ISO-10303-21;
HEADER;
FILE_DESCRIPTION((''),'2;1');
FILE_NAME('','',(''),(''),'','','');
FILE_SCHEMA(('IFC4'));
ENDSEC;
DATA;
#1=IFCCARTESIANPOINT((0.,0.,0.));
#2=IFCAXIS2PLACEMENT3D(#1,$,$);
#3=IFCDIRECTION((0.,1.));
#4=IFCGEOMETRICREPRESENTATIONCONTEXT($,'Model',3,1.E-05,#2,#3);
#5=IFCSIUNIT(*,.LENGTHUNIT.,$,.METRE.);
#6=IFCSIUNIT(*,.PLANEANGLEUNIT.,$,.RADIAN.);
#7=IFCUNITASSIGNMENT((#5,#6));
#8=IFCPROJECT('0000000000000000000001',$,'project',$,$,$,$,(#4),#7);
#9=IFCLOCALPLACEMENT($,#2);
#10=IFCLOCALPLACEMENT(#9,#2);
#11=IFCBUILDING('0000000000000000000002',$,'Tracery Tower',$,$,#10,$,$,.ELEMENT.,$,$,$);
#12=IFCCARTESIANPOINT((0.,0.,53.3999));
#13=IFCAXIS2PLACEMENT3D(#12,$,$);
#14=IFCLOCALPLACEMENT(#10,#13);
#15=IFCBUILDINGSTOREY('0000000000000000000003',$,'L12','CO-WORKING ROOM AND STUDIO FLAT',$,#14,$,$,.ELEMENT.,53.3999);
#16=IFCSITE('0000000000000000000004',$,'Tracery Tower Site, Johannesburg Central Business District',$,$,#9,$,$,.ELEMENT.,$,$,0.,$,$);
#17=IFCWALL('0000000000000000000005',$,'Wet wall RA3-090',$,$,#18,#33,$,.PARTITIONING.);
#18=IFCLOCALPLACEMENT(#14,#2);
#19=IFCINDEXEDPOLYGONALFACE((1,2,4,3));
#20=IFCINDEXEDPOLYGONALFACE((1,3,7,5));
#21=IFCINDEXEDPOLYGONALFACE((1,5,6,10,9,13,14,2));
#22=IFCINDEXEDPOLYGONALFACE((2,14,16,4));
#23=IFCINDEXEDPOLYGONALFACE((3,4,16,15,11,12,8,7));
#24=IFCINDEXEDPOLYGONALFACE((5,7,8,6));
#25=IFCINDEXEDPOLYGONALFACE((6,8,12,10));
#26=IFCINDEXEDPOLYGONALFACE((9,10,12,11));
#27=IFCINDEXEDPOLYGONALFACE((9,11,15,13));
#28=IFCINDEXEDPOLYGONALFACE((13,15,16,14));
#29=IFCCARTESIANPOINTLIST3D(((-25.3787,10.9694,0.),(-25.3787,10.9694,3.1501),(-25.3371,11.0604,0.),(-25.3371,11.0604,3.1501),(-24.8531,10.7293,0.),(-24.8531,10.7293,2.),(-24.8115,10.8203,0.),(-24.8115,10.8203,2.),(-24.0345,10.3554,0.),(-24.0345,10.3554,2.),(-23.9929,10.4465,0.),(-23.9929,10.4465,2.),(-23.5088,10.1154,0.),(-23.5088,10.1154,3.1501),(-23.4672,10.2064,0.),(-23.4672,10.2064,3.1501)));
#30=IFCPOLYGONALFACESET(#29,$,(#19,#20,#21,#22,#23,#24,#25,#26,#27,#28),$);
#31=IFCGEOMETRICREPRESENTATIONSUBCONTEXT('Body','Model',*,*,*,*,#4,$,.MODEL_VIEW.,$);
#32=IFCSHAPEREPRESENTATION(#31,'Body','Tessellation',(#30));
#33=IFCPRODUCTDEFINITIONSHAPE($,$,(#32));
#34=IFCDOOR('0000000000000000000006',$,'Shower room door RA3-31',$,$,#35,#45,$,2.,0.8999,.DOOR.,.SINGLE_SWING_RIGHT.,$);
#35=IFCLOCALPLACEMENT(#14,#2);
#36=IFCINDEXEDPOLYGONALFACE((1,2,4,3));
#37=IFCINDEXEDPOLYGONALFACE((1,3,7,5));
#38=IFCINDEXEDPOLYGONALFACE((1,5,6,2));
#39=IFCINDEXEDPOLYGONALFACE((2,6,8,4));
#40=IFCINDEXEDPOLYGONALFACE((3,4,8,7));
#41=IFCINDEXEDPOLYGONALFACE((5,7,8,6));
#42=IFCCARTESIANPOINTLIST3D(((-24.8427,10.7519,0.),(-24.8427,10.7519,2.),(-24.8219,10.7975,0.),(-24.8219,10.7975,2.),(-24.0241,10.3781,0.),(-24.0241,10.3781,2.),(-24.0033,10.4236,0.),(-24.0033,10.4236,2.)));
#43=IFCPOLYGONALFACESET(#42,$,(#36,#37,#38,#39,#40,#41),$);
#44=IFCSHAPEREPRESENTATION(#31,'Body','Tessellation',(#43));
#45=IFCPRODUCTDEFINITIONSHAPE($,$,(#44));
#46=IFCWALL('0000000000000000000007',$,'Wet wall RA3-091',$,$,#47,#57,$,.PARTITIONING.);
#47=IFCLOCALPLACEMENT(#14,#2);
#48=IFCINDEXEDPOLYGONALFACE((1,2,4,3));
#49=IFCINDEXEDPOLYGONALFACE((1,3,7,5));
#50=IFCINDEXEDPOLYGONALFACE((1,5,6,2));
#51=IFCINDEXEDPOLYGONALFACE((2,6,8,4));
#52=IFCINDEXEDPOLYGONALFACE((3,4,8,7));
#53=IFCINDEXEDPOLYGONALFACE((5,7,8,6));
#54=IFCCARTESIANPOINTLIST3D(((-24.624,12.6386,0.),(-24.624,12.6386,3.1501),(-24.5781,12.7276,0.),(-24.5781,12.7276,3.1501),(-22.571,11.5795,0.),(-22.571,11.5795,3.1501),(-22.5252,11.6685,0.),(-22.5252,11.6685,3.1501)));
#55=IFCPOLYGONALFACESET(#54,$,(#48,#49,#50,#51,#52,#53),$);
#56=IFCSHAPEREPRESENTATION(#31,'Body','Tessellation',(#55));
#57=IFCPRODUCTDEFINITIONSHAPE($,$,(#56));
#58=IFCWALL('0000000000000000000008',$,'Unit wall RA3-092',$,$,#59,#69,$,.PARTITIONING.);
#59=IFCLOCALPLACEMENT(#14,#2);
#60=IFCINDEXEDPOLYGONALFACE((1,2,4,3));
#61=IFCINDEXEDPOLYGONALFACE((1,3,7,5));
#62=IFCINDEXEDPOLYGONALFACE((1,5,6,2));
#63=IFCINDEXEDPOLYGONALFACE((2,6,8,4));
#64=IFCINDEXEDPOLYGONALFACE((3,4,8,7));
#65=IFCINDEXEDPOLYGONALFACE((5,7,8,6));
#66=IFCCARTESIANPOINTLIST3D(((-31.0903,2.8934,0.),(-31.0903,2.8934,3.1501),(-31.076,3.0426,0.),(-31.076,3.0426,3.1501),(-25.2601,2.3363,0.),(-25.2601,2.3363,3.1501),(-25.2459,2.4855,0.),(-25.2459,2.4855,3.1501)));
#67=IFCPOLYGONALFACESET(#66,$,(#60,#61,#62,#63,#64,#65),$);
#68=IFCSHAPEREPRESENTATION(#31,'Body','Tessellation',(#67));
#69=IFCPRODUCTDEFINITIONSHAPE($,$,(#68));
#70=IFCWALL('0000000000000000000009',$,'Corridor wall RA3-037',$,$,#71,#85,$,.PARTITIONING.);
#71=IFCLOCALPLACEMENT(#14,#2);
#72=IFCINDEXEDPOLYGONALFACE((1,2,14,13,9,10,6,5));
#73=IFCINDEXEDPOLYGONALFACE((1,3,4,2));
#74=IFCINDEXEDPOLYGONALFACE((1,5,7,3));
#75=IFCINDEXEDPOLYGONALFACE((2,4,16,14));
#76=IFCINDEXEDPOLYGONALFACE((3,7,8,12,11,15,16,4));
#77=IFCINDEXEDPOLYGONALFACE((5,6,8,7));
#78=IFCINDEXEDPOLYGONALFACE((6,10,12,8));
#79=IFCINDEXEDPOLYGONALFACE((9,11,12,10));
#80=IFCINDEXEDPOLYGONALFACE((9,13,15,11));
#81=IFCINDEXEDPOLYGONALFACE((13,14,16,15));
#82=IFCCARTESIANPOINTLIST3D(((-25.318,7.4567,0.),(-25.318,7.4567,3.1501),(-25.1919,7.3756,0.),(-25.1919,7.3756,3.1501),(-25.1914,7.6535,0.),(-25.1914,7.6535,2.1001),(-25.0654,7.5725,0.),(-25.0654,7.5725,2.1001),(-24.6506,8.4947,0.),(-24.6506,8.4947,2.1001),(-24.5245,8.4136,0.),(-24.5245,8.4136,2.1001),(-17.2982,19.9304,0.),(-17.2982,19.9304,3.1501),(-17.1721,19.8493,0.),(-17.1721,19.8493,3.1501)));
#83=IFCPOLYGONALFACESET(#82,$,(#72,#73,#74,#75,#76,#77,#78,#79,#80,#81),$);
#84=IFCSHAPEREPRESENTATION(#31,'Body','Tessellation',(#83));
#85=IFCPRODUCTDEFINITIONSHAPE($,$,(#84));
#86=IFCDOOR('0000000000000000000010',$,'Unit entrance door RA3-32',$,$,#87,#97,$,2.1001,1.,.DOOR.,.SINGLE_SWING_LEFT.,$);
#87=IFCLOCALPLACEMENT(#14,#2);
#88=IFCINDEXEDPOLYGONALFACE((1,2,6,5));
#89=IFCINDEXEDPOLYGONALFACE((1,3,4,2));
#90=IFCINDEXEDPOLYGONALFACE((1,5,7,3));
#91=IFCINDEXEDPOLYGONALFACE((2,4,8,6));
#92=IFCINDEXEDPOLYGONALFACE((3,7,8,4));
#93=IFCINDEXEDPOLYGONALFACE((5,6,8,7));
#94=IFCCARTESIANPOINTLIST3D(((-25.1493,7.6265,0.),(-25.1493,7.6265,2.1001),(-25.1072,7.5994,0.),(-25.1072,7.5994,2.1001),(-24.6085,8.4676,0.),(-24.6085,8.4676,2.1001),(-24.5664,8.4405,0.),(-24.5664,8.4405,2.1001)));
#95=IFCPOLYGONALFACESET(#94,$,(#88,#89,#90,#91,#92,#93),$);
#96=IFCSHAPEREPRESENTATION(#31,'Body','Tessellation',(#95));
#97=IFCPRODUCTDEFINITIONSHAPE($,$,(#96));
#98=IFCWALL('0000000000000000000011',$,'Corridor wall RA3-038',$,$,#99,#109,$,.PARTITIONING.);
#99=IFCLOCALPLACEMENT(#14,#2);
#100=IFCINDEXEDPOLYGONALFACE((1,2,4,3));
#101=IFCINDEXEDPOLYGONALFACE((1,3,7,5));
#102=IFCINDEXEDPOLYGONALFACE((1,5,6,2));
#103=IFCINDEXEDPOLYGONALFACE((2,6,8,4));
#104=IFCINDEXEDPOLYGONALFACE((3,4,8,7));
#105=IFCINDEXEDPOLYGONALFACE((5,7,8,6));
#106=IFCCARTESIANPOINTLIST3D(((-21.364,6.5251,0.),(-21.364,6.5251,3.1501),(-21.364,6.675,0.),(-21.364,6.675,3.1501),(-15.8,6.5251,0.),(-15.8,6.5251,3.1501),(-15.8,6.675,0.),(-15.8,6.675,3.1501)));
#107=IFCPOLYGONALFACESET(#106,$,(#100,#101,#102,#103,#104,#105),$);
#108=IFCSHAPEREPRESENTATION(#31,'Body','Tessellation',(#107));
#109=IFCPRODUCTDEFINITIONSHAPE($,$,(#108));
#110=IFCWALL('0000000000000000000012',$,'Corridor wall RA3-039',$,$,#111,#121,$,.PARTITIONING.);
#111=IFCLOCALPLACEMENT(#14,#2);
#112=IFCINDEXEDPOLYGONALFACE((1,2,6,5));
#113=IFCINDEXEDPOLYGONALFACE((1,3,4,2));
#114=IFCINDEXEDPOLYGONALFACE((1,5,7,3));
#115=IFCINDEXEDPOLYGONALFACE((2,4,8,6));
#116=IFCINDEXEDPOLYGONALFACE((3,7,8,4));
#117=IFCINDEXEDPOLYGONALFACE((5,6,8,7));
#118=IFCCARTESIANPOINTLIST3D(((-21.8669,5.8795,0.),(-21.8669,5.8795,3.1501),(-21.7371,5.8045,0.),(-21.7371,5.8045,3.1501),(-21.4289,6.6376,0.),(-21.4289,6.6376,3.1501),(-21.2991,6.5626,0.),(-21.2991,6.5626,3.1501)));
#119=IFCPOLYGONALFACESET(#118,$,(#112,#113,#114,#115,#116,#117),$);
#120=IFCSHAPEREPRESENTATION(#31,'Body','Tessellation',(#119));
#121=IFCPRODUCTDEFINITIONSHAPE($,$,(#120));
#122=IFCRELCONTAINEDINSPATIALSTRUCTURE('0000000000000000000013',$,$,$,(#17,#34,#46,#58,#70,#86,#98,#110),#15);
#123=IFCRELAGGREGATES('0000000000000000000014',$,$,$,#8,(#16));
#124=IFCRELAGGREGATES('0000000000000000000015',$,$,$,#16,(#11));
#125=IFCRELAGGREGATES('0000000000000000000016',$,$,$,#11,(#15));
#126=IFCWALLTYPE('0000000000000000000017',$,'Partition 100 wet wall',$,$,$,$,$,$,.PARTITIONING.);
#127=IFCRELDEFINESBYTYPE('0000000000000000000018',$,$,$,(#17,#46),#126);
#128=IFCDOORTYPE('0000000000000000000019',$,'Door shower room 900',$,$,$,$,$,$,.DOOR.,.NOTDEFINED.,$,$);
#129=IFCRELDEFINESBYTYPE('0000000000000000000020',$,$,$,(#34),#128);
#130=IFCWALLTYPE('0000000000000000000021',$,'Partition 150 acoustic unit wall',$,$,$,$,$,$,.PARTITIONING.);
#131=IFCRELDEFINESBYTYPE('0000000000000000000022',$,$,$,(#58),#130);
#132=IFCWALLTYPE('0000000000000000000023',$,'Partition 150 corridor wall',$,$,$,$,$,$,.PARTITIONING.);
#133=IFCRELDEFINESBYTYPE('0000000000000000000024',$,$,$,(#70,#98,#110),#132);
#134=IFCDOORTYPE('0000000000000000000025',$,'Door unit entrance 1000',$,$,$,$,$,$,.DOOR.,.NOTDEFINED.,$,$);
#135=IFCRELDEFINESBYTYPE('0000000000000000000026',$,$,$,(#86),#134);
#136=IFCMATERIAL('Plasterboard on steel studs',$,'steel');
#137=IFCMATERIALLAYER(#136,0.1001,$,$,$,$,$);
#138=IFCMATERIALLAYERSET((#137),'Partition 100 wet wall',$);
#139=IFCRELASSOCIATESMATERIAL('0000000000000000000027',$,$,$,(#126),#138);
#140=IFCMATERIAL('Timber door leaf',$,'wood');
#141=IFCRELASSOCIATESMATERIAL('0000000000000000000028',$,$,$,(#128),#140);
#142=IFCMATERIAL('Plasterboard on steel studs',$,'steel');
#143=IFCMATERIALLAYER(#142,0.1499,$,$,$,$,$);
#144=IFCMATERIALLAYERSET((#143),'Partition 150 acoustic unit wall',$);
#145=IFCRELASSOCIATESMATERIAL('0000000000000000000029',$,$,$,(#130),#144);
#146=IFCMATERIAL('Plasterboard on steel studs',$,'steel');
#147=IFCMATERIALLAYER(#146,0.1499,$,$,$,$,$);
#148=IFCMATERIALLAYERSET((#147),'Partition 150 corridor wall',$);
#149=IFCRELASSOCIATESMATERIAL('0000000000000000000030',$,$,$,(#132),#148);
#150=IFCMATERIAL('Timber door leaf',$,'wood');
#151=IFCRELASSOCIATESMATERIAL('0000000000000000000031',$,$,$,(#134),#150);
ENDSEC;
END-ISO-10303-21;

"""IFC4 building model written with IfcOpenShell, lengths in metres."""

from ifc_helpers import new_model, si_unit, direction, frame, frame_2d, origin, place, context, subcontext, project, spatial, rectangle, extrude, material, layer, layer_set, type_object, element, fill, save


model = new_model("IFC4")

# Units and contexts
model_context = context("Model", 3, precision=1e-05, world=origin(), true_north=direction((0.0, 1.0)))
body_context = subcontext(model_context, "Body", "Model", "MODEL_VIEW")
ifc_project = project(units=[si_unit("LENGTHUNIT", "METRE"), si_unit("PLANEANGLEUNIT", "RADIAN")], contexts=[model_context])

# Site, building, storey
site_placement = place(None, origin())
site = spatial("IfcSite", under=ifc_project, at=site_placement, Name="Tracery Tower Site, Johannesburg Central Business District", CompositionType="ELEMENT", RefElevation=0.0)
building_placement = place(site_placement, origin())
building = spatial("IfcBuilding", under=site, at=building_placement, Name="Tracery Tower", CompositionType="ELEMENT")
storey_placement = place(building_placement, frame((0.0, 0.0, 53.3999)))
storey = spatial("IfcBuildingStorey", under=building, at=storey_placement, Name="L12", Description="CO-WORKING ROOM AND STUDIO FLAT", CompositionType="ELEMENT", Elevation=53.3999)

# Shared definitions
ifc_material_1 = material(Name="Plasterboard on steel studs", Category="steel")
ifc_layer_1 = layer(ifc_material_1, 0.1001)
ifc_layer_set_1 = layer_set([ifc_layer_1], Name="Partition 100 wet wall")
wall_type_1 = type_object("IfcWallType", Name="Partition 100 wet wall", PredefinedType="PARTITIONING", material=ifc_layer_set_1)

# Wall, opening, door
wall_1_placement = place(storey_placement, frame((-25.3579, 11.0149, 0.0), z_axis=(0.0, 0.0, 1.0), x_axis=(0.909621, -0.41544, 0.0)))
wall_1 = element("IfcWall", 1, at=wall_1_placement, inside=storey, type_object=wall_type_1, Name="Wet wall RA3-090", PredefinedType="PARTITIONING", context=body_context, shape_type="SweptSolid", body=[
    extrude(rectangle(XDim=2.0557, YDim=0.1001, at=frame_2d((1.0278, 0.0))), origin(), (0.0, 0.0, 1.0), 3.1501),
])
opening_1_placement = place(wall_1_placement, frame((0.5779, 0.0, 0.0)))
opening_1 = element("IfcOpeningElement", 2, at=opening_1_placement, cuts=wall_1, PredefinedType="OPENING", context=body_context, shape_type="SweptSolid", body=[
    extrude(rectangle(XDim=0.8999, YDim=2.0, at=frame_2d((0.45, 1.0))), frame((0.0, 0.05, 0.0), z_axis=(0.0, -1.0, 0.0), x_axis=(1.0, 0.0, 0.0)), (0.0, 0.0, 1.0), 0.1001),
])
ifc_material_2 = material(Name="Timber door leaf", Category="wood")
door_type_1 = type_object("IfcDoorType", Name="Door shower room 900", OperationType="NOTDEFINED", PredefinedType="DOOR", material=ifc_material_2)
door_1_placement = place(opening_1_placement, origin())
door_1 = element("IfcDoor", 3, at=door_1_placement, inside=storey, type_object=door_type_1, Name="Shower room door RA3-31", OperationType="SINGLE_SWING_RIGHT", OverallHeight=2.0, OverallWidth=0.8999, PredefinedType="DOOR", context=body_context, shape_type="SweptSolid", body=[
    extrude(rectangle(XDim=0.8999, YDim=2.0, at=frame_2d((0.45, 1.0))), frame((0.0, 0.0249, 0.0), z_axis=(0.0, -1.0, 0.0), x_axis=(1.0, 0.0, 0.0)), (0.0, 0.0, 1.0), 0.05),
])
fill(opening_1, door_1)

# Walls
wall_2_placement = place(storey_placement, frame((-24.6011, 12.6831, 0.0), z_axis=(0.0, 0.0, 1.0), x_axis=(0.888712, -0.458465, 0.0)))
element("IfcWall", 4, at=wall_2_placement, inside=storey, type_object=wall_type_1, Name="Wet wall RA3-091", PredefinedType="PARTITIONING", context=body_context, shape_type="SweptSolid", body=[
    extrude(rectangle(XDim=2.3101, YDim=0.1001, at=frame_2d((1.155, 0.0))), origin(), (0.0, 0.0, 1.0), 3.1501),
])
ifc_material_3 = material(Name="Plasterboard on steel studs", Category="steel")
ifc_layer_2 = layer(ifc_material_3, 0.1499)
ifc_layer_set_2 = layer_set([ifc_layer_2], Name="Partition 150 acoustic unit wall")
wall_type_2 = type_object("IfcWallType", Name="Partition 150 acoustic unit wall", PredefinedType="PARTITIONING", material=ifc_layer_set_2)
wall_3_placement = place(storey_placement, frame((-31.083, 2.968, 0.0), z_axis=(0.0, 0.0, 1.0), x_axis=(0.995465, -0.095128, 0.0)))
element("IfcWall", 5, at=wall_3_placement, inside=storey, type_object=wall_type_2, Name="Unit wall RA3-092", PredefinedType="PARTITIONING", context=body_context, shape_type="SweptSolid", body=[
    extrude(rectangle(XDim=5.8567, YDim=0.1499, at=frame_2d((2.9282, 0.0))), origin(), (0.0, 0.0, 1.0), 3.1501),
])

# Wall, opening, door
ifc_material_4 = material(Name="Plasterboard on steel studs", Category="steel")
ifc_layer_3 = layer(ifc_material_4, 0.1499)
ifc_layer_set_3 = layer_set([ifc_layer_3], Name="Partition 150 corridor wall")
wall_type_3 = type_object("IfcWallType", Name="Partition 150 corridor wall", PredefinedType="PARTITIONING", material=ifc_layer_set_3)
wall_4_placement = place(storey_placement, frame((-25.2549, 7.4163, 0.0), z_axis=(0.0, 0.0, 1.0), x_axis=(0.540806, 0.841147, 0.0)))
wall_4 = element("IfcWall", 6, at=wall_4_placement, inside=storey, type_object=wall_type_3, Name="Corridor wall RA3-037", PredefinedType="PARTITIONING", context=body_context, shape_type="SweptSolid", body=[
    extrude(rectangle(XDim=14.8293, YDim=0.1499, at=frame_2d((7.4146, 0.0))), origin(), (0.0, 0.0, 1.0), 3.1501),
])
opening_2_placement = place(wall_4_placement, frame((0.2339, 0.0, 0.0)))
opening_2 = element("IfcOpeningElement", 7, at=opening_2_placement, cuts=wall_4, PredefinedType="OPENING", context=body_context, shape_type="SweptSolid", body=[
    extrude(rectangle(XDim=1.0, YDim=2.1001, at=frame_2d((0.5, 1.05))), frame((0.0, 0.075, 0.0), z_axis=(0.0, -1.0, 0.0), x_axis=(1.0, 0.0, 0.0)), (0.0, 0.0, 1.0), 0.1499),
])
ifc_material_5 = material(Name="Timber door leaf", Category="wood")
door_type_2 = type_object("IfcDoorType", Name="Door unit entrance 1000", OperationType="NOTDEFINED", PredefinedType="DOOR", material=ifc_material_5)
door_2_placement = place(opening_2_placement, origin())
door_2 = element("IfcDoor", 8, at=door_2_placement, inside=storey, type_object=door_type_2, Name="Unit entrance door RA3-32", OperationType="SINGLE_SWING_LEFT", OverallHeight=2.1001, OverallWidth=1.0, PredefinedType="DOOR", context=body_context, shape_type="SweptSolid", body=[
    extrude(rectangle(XDim=1.0, YDim=2.1001, at=frame_2d((0.5, 1.05))), frame((0.0, 0.0249, 0.0), z_axis=(0.0, -1.0, 0.0), x_axis=(1.0, 0.0, 0.0)), (0.0, 0.0, 1.0), 0.05),
])
fill(opening_2, door_2)

# Walls
wall_5_placement = place(storey_placement, frame((-21.364, 6.6001, 0.0), z_axis=(0.0, 0.0, 1.0), x_axis=(1.0, 0.0, 0.0)))
element("IfcWall", 9, at=wall_5_placement, inside=storey, type_object=wall_type_3, Name="Corridor wall RA3-038", PredefinedType="PARTITIONING", context=body_context, shape_type="SweptSolid", body=[
    extrude(rectangle(XDim=5.564, YDim=0.1499, at=frame_2d((2.782, 0.0))), origin(), (0.0, 0.0, 1.0), 3.1501),
])
wall_6_placement = place(storey_placement, frame((-21.802, 5.842, 0.0), z_axis=(0.0, 0.0, 1.0), x_axis=(0.500278, 0.865865, 0.0)))
element("IfcWall", 10, at=wall_6_placement, inside=storey, type_object=wall_type_3, Name="Corridor wall RA3-039", PredefinedType="PARTITIONING", context=body_context, shape_type="SweptSolid", body=[
    extrude(rectangle(XDim=0.8755, YDim=0.1499, at=frame_2d((0.4377, 0.0))), origin(), (0.0, 0.0, 1.0), 3.1501),
])

save(model, "model.ifc")
